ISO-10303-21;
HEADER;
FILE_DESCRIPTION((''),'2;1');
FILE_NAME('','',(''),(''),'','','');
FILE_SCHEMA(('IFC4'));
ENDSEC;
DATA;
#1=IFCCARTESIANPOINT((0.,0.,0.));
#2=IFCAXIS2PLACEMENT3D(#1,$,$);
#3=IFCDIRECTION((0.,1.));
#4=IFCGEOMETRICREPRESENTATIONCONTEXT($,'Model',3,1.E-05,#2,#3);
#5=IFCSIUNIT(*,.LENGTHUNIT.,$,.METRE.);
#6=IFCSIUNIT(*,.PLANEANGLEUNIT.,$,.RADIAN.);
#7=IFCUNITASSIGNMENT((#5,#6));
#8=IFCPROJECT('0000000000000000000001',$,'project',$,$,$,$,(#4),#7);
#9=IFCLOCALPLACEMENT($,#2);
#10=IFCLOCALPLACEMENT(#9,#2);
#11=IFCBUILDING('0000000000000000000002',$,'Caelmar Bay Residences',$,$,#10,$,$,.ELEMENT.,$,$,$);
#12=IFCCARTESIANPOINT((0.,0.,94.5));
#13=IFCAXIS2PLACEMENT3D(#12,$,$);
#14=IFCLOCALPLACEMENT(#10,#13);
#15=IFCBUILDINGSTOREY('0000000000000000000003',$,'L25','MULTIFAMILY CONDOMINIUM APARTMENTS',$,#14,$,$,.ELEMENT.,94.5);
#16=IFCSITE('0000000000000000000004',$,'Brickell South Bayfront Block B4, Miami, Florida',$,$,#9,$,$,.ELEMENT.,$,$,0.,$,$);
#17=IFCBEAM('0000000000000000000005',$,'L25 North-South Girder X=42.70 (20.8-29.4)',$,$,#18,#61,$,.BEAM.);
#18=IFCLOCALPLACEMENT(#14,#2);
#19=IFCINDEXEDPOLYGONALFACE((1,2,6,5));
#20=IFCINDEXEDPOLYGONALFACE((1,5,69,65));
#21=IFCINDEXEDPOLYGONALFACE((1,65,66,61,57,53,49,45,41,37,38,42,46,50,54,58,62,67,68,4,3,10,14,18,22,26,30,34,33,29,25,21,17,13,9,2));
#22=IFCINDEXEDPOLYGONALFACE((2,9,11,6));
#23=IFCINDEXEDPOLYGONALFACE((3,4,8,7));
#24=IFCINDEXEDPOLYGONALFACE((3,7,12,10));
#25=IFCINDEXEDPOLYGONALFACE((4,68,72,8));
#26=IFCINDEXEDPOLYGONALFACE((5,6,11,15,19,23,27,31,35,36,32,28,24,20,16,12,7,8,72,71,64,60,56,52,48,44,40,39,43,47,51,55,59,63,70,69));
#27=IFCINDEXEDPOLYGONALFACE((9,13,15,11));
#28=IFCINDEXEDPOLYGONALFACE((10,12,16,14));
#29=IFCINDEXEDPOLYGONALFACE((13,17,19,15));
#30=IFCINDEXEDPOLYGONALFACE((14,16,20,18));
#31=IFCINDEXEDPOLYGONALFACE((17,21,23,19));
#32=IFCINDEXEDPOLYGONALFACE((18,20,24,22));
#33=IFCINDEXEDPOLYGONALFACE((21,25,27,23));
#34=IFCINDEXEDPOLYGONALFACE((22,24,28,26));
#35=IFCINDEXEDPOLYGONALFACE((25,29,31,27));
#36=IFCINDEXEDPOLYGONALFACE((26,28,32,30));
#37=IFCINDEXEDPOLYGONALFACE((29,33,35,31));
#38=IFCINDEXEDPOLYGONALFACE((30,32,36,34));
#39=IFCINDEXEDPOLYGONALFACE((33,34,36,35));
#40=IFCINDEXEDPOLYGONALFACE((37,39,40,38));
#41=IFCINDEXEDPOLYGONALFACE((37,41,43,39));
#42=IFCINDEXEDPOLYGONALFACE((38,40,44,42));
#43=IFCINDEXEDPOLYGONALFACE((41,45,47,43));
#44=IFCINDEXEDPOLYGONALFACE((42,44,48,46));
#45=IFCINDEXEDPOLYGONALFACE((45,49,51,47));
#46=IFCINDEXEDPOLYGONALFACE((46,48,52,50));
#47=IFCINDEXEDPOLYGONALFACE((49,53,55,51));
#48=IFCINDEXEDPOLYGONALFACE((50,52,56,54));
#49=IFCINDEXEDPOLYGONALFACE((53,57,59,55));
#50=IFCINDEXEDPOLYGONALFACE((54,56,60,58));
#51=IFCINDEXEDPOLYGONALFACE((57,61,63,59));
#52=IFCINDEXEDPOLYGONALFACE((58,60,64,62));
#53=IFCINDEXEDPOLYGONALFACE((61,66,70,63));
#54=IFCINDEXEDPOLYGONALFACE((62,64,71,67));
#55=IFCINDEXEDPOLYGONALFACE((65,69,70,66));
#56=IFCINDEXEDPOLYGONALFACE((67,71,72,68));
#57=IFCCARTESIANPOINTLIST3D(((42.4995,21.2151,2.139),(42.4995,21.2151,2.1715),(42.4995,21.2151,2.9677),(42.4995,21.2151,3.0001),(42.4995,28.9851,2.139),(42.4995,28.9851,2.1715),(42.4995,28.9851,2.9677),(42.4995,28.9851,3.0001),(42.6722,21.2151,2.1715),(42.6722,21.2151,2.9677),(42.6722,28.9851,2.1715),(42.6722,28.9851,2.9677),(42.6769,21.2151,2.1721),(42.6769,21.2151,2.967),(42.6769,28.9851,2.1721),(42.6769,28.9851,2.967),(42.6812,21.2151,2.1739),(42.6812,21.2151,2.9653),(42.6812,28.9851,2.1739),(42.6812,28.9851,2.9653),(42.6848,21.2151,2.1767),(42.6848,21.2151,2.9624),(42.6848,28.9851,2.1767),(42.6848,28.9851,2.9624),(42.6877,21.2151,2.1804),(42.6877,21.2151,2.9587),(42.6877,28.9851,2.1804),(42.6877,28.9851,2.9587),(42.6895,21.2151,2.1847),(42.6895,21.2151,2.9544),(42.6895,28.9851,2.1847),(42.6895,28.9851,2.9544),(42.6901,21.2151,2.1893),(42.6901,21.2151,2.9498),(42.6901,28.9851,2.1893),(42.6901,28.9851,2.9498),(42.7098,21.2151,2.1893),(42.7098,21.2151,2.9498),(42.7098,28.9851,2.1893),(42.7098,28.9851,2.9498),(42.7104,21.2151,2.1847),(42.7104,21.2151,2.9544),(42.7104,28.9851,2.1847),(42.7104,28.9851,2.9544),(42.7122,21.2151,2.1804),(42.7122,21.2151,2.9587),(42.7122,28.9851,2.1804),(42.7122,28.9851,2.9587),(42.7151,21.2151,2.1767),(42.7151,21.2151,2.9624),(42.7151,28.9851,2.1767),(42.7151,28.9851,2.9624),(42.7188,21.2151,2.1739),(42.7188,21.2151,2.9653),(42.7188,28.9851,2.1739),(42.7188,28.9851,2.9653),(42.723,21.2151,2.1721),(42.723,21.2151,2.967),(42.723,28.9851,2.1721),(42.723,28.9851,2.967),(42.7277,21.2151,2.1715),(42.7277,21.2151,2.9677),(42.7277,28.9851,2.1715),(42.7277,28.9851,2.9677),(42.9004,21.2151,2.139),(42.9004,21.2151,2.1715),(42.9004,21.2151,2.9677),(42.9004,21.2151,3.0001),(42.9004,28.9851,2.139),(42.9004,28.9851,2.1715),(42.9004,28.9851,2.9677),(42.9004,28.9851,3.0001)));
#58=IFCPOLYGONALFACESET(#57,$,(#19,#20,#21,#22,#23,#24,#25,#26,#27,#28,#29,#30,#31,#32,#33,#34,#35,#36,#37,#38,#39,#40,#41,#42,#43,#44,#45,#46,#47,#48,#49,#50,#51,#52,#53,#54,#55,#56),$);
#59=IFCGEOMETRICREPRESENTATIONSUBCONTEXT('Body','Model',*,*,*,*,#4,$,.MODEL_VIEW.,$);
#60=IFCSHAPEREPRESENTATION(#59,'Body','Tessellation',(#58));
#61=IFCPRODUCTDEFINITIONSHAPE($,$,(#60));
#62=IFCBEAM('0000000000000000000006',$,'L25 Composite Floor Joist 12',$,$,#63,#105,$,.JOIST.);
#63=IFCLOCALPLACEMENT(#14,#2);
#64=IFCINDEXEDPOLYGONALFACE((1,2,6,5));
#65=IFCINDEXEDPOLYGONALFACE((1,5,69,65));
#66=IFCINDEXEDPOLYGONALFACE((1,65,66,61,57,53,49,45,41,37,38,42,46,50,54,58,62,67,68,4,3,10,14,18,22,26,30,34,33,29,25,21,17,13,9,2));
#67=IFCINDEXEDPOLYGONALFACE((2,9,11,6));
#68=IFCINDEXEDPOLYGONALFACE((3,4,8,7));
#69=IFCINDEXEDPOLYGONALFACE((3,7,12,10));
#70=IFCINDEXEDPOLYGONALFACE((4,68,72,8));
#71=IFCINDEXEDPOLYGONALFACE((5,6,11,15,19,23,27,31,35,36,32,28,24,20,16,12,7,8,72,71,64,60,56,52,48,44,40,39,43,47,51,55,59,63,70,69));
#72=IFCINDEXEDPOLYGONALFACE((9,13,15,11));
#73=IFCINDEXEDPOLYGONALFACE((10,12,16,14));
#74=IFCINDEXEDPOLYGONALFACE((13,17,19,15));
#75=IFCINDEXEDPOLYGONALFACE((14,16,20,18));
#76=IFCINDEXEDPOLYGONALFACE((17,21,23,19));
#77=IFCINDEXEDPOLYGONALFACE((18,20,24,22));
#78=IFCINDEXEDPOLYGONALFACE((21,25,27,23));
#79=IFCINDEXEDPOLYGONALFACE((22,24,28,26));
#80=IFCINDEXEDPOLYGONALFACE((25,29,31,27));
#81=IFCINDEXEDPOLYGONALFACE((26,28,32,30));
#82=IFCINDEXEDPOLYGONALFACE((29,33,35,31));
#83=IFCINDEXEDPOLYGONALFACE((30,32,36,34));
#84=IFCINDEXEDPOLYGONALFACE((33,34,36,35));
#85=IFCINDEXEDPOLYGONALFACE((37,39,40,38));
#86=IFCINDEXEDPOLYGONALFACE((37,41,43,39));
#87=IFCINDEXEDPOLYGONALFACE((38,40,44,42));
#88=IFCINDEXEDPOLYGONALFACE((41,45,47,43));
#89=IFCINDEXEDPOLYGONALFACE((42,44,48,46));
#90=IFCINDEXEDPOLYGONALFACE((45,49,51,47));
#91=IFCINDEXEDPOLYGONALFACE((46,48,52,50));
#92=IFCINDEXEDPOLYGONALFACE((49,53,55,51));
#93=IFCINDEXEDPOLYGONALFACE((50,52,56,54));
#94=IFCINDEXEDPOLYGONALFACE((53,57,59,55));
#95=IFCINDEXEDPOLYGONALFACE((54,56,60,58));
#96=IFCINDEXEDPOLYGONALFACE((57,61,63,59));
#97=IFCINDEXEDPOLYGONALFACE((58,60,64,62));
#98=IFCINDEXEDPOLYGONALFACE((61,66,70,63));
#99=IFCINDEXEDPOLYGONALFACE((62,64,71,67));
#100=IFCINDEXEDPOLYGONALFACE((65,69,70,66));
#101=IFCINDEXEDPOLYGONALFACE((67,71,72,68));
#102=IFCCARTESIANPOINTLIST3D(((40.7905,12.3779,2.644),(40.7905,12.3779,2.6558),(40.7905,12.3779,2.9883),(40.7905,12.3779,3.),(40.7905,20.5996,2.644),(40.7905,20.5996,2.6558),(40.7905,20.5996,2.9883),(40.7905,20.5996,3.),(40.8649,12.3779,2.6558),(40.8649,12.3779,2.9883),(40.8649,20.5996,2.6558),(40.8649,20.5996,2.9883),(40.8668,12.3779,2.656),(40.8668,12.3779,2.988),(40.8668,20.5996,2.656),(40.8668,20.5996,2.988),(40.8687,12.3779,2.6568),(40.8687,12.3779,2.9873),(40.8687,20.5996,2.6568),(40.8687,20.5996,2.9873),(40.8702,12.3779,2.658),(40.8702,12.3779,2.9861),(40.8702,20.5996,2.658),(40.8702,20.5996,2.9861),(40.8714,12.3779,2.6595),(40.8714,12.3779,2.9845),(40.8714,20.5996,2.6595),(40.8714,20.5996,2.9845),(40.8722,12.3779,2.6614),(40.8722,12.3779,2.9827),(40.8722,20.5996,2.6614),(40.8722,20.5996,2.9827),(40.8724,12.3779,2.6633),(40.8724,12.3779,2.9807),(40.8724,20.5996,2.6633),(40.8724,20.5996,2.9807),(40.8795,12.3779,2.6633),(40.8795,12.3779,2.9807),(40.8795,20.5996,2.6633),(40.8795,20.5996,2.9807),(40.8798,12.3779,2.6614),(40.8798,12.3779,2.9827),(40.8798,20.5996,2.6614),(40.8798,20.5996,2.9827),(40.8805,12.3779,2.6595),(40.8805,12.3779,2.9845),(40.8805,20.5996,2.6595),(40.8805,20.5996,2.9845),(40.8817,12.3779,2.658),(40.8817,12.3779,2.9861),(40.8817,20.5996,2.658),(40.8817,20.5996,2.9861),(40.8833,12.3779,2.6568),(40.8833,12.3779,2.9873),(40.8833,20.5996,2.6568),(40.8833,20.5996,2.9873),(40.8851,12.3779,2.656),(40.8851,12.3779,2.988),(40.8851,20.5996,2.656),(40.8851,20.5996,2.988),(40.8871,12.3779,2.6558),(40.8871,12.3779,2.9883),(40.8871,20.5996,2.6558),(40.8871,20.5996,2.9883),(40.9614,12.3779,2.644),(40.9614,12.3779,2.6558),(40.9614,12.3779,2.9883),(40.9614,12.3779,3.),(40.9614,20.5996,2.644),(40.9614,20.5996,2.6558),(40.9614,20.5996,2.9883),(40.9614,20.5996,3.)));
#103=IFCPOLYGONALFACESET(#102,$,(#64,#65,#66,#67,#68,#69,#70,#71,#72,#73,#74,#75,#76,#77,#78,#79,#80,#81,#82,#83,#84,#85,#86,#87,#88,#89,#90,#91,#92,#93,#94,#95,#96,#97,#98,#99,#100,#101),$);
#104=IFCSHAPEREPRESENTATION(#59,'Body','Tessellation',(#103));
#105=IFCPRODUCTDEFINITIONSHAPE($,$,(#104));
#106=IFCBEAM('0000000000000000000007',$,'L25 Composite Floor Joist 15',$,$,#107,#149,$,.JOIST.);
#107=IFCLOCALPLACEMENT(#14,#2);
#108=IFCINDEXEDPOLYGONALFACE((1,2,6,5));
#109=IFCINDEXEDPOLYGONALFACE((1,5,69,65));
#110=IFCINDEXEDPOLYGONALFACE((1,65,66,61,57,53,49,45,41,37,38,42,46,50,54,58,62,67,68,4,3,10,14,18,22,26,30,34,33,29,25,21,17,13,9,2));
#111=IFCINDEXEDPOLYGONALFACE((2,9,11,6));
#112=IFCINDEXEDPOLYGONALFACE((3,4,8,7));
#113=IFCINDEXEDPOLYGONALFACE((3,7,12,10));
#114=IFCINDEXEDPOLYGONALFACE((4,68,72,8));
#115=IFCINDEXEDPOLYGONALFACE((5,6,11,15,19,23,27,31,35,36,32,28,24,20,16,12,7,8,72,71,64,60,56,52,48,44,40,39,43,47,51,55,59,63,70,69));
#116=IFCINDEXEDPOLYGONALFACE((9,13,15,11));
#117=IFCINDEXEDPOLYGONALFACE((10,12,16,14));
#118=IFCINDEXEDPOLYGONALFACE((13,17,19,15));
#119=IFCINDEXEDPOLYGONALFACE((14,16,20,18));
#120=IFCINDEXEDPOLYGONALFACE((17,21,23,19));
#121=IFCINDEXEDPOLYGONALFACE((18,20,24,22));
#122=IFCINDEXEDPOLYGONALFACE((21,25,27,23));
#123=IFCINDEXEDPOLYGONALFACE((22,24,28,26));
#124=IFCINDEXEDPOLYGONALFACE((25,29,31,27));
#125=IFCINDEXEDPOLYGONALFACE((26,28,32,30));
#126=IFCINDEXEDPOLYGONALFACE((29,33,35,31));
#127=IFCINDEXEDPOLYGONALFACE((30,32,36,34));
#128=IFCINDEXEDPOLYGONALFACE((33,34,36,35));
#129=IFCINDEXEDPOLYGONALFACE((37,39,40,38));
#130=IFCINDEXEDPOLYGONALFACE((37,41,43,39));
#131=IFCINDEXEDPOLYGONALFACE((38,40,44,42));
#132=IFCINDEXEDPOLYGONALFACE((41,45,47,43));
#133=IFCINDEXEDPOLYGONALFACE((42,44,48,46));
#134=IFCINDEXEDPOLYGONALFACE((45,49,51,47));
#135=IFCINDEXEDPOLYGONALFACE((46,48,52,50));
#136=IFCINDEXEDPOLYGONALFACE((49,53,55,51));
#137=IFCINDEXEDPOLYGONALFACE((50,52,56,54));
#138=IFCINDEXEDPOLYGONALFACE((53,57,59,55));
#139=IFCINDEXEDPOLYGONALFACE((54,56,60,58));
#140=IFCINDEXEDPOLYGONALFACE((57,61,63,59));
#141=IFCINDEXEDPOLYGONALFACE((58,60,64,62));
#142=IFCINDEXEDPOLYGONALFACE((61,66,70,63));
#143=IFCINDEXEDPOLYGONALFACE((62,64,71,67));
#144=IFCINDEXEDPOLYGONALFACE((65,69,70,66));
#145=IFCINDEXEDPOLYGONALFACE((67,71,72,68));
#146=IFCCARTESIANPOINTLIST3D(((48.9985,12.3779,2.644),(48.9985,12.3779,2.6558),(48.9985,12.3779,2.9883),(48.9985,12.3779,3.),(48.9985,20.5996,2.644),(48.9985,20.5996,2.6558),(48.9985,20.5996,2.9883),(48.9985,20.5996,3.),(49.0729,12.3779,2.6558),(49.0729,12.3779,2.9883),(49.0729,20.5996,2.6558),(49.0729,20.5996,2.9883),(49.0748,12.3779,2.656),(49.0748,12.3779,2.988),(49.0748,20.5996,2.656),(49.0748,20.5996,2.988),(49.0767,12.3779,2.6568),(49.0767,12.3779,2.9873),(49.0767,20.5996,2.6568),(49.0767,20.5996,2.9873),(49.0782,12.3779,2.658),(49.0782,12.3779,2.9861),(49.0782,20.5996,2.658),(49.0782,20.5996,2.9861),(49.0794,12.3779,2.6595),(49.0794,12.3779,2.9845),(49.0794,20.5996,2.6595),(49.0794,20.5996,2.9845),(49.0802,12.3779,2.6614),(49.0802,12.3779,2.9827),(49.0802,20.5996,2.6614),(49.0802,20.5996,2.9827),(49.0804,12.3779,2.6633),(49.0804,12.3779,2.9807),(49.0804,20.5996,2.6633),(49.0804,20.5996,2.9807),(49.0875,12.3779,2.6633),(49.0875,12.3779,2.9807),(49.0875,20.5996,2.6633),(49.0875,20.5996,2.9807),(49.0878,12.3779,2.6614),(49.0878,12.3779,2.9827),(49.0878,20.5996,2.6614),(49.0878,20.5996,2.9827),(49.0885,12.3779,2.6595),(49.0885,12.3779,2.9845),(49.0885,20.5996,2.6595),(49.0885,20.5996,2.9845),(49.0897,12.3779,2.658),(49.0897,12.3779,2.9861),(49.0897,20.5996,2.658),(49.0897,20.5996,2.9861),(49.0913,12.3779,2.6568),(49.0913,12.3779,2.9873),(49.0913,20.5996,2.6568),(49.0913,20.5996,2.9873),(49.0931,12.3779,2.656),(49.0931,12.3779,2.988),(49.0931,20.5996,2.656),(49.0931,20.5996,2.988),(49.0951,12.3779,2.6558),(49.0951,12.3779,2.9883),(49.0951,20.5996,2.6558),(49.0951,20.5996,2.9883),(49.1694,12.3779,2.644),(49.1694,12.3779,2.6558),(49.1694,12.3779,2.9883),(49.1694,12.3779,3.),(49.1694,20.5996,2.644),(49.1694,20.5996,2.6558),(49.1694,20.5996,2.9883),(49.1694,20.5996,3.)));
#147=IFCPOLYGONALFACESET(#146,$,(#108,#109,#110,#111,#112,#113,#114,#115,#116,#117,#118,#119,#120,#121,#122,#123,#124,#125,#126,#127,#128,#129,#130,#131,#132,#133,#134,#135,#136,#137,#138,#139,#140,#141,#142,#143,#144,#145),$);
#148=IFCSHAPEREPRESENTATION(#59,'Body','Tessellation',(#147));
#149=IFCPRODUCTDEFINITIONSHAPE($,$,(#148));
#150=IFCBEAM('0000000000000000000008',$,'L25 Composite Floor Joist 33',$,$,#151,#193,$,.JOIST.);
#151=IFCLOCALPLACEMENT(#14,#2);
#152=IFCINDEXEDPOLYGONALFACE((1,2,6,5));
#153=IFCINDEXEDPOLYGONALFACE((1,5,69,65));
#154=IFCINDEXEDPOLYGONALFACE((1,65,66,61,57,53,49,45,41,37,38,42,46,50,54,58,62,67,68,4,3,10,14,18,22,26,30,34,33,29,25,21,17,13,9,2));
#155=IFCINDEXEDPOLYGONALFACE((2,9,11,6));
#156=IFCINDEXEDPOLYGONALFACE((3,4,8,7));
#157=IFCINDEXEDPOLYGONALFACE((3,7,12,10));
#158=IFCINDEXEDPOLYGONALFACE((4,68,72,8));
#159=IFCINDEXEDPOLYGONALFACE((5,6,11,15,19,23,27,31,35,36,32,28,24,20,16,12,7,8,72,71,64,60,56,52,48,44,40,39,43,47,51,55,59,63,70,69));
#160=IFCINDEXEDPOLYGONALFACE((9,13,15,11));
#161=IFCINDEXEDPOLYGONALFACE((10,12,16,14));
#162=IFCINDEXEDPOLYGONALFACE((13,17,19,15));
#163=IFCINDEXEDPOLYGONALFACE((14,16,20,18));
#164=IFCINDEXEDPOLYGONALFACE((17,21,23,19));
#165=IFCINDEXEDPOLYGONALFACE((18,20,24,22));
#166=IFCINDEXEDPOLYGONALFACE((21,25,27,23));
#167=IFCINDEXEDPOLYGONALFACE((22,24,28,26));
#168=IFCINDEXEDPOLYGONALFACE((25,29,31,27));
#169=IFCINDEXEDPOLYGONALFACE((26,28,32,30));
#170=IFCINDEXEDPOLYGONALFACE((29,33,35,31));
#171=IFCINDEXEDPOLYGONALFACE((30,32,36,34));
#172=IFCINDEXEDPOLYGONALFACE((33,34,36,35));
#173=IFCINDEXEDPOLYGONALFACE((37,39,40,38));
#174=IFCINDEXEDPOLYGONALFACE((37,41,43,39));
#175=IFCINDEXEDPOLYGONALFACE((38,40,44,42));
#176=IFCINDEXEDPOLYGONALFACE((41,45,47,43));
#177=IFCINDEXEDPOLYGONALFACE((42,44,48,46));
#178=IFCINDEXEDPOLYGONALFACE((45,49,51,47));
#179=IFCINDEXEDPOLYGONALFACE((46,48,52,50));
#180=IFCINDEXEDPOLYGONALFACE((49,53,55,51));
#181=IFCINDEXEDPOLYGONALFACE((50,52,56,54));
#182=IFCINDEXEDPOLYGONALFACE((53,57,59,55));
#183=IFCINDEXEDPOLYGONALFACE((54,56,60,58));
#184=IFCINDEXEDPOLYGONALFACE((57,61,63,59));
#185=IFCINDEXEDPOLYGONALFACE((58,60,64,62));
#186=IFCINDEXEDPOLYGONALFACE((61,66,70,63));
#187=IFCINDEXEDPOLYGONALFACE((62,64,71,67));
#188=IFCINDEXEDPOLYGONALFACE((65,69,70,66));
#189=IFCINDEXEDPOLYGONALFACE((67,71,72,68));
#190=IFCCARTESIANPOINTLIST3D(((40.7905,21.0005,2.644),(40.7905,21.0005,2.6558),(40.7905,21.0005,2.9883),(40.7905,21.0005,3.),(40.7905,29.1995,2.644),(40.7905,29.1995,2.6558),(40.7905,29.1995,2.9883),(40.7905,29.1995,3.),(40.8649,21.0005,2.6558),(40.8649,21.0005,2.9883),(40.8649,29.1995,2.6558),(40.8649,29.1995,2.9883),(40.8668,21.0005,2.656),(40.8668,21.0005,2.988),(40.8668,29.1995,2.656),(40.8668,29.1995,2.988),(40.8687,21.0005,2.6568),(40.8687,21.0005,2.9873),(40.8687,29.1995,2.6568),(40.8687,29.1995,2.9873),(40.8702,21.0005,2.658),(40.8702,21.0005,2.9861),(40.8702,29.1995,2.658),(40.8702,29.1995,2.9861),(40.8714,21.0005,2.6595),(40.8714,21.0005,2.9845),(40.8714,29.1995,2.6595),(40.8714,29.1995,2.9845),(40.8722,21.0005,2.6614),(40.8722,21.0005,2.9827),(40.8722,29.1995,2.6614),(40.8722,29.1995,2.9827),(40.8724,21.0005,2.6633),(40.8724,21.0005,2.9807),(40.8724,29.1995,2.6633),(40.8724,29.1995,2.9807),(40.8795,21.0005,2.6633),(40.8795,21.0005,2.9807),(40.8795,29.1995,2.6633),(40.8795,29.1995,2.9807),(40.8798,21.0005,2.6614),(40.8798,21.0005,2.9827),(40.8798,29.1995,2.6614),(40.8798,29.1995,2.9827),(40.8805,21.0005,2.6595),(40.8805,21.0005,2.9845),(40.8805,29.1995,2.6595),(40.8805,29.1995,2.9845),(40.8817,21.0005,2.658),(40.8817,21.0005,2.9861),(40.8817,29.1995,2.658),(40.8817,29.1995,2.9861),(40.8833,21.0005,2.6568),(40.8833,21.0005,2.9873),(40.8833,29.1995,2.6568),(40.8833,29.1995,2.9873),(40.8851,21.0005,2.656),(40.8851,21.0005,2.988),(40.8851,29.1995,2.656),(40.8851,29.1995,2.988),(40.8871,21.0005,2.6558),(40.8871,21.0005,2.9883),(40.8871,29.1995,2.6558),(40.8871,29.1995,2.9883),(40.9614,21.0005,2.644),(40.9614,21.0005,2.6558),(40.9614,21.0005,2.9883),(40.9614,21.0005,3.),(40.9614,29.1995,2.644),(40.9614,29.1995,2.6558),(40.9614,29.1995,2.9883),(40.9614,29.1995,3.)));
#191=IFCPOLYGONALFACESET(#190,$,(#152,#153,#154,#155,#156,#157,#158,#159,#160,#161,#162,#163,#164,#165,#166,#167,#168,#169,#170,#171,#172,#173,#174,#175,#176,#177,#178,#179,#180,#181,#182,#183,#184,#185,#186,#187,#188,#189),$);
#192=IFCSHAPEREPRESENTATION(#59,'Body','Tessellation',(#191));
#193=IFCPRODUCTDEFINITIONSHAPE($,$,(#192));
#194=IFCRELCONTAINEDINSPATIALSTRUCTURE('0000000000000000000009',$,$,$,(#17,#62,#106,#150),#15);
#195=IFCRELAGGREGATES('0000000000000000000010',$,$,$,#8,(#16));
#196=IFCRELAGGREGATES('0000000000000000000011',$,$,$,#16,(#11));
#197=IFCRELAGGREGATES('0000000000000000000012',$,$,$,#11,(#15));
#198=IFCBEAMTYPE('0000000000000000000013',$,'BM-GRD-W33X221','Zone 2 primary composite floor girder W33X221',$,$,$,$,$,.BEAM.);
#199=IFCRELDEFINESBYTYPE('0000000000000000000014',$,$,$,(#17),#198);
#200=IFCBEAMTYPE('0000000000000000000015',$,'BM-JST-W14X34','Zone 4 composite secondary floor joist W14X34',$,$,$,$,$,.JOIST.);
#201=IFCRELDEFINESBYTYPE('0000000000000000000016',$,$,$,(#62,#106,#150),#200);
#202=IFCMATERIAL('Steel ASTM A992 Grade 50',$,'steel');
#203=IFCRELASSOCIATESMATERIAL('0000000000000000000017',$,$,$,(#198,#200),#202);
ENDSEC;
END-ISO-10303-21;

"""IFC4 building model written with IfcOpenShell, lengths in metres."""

from ifc_helpers import new_model, si_unit, direction, frame, origin, origin_2d, place, context, subcontext, project, spatial, i_section, extrude, material, material_profile, profile_set, type_object, element, save


model = new_model("IFC4")

# Units and contexts
model_context = context("Model", 3, precision=1e-05, world=origin(), true_north=direction((0.0, 1.0)))
body_context = subcontext(model_context, "Body", "Model", "MODEL_VIEW")
ifc_project = project(units=[si_unit("LENGTHUNIT", "METRE"), si_unit("PLANEANGLEUNIT", "RADIAN")], contexts=[model_context])

# Site, building, storey
site_placement = place(None, origin())
site = spatial("IfcSite", under=ifc_project, at=site_placement, Name="Brickell South Bayfront Block B4, Miami, Florida", CompositionType="ELEMENT", RefElevation=0.0)
building_placement = place(site_placement, origin())
building = spatial("IfcBuilding", under=site, at=building_placement, Name="Caelmar Bay Residences", CompositionType="ELEMENT")
storey_placement = place(building_placement, frame((0.0, 0.0, 94.5)))
storey = spatial("IfcBuildingStorey", under=building, at=storey_placement, Name="L25", Description="MULTIFAMILY CONDOMINIUM APARTMENTS", CompositionType="ELEMENT", Elevation=94.5)

# Beams
ifc_material_1 = material(Name="Steel ASTM A992 Grade 50", Category="steel")
ifc_material_profile_1 = material_profile(ifc_material_1, i_section(OverallWidth=0.4009, OverallDepth=0.8611, WebThickness=0.0198, FlangeThickness=0.0325, FilletRadius=0.0178, at=origin_2d()), Name="W33X221")
ifc_profile_set_1 = profile_set([ifc_material_profile_1], Name="Steel ASTM A992 Grade 50")
beam_type_1 = type_object("IfcBeamType", Name="BM-GRD-W33X221", Description="Zone 2 primary composite floor girder W33X221", PredefinedType="BEAM", material=ifc_profile_set_1)
for number, where, z_axis, x_axis, name in (
    (1, (42.7, 21.2151, 2.5696), (0.0, 1.0, 0.0), (-1.0, 0.0, 0.0), "L25 North-South Girder X=42.70 (20.8-29.4)"),
):
    element("IfcBeam", number, at=place(storey_placement, frame(where, z_axis=z_axis, x_axis=x_axis)), inside=storey, type_object=beam_type_1, Name=name, PredefinedType="BEAM", context=body_context, shape_type="SweptSolid", body=[
        extrude(i_section(OverallWidth=0.4009, OverallDepth=0.8611, WebThickness=0.0198, FlangeThickness=0.0325, FilletRadius=0.0178, at=origin_2d()), origin(), (0.0, 0.0, 1.0), 7.77),
    ])
ifc_material_profile_2 = material_profile(ifc_material_1, i_section(OverallWidth=0.1709, OverallDepth=0.356, WebThickness=0.0071, FlangeThickness=0.0117, FilletRadius=0.0076, at=origin_2d()), Name="W14X34")
ifc_profile_set_2 = profile_set([ifc_material_profile_2], Name="Steel ASTM A992 Grade 50")
beam_type_2 = type_object("IfcBeamType", Name="BM-JST-W14X34", Description="Zone 4 composite secondary floor joist W14X34", PredefinedType="JOIST", material=ifc_profile_set_2)
for number, where, z_axis, x_axis, name in (
    (2, (40.876, 12.3779, 2.822), (0.0, 1.0, 0.0), (-1.0, 0.0, 0.0), "L25 Composite Floor Joist 12"),
    (3, (49.084, 12.3779, 2.822), (0.0, 1.0, 0.0), (-1.0, 0.0, 0.0), "L25 Composite Floor Joist 15"),
):
    element("IfcBeam", number, at=place(storey_placement, frame(where, z_axis=z_axis, x_axis=x_axis)), inside=storey, type_object=beam_type_2, Name=name, PredefinedType="JOIST", context=body_context, shape_type="SweptSolid", body=[
        extrude(i_section(OverallWidth=0.1709, OverallDepth=0.356, WebThickness=0.0071, FlangeThickness=0.0117, FilletRadius=0.0076, at=origin_2d()), origin(), (0.0, 0.0, 1.0), 8.2217),
    ])
for number, where, z_axis, x_axis, name in (
    (4, (40.876, 21.0005, 2.822), (0.0, 1.0, 0.0), (-1.0, 0.0, 0.0), "L25 Composite Floor Joist 33"),
):
    element("IfcBeam", number, at=place(storey_placement, frame(where, z_axis=z_axis, x_axis=x_axis)), inside=storey, type_object=beam_type_2, Name=name, PredefinedType="JOIST", context=body_context, shape_type="SweptSolid", body=[
        extrude(i_section(OverallWidth=0.1709, OverallDepth=0.356, WebThickness=0.0071, FlangeThickness=0.0117, FilletRadius=0.0076, at=origin_2d()), origin(), (0.0, 0.0, 1.0), 8.199),
    ])

save(model, "model.ifc")
